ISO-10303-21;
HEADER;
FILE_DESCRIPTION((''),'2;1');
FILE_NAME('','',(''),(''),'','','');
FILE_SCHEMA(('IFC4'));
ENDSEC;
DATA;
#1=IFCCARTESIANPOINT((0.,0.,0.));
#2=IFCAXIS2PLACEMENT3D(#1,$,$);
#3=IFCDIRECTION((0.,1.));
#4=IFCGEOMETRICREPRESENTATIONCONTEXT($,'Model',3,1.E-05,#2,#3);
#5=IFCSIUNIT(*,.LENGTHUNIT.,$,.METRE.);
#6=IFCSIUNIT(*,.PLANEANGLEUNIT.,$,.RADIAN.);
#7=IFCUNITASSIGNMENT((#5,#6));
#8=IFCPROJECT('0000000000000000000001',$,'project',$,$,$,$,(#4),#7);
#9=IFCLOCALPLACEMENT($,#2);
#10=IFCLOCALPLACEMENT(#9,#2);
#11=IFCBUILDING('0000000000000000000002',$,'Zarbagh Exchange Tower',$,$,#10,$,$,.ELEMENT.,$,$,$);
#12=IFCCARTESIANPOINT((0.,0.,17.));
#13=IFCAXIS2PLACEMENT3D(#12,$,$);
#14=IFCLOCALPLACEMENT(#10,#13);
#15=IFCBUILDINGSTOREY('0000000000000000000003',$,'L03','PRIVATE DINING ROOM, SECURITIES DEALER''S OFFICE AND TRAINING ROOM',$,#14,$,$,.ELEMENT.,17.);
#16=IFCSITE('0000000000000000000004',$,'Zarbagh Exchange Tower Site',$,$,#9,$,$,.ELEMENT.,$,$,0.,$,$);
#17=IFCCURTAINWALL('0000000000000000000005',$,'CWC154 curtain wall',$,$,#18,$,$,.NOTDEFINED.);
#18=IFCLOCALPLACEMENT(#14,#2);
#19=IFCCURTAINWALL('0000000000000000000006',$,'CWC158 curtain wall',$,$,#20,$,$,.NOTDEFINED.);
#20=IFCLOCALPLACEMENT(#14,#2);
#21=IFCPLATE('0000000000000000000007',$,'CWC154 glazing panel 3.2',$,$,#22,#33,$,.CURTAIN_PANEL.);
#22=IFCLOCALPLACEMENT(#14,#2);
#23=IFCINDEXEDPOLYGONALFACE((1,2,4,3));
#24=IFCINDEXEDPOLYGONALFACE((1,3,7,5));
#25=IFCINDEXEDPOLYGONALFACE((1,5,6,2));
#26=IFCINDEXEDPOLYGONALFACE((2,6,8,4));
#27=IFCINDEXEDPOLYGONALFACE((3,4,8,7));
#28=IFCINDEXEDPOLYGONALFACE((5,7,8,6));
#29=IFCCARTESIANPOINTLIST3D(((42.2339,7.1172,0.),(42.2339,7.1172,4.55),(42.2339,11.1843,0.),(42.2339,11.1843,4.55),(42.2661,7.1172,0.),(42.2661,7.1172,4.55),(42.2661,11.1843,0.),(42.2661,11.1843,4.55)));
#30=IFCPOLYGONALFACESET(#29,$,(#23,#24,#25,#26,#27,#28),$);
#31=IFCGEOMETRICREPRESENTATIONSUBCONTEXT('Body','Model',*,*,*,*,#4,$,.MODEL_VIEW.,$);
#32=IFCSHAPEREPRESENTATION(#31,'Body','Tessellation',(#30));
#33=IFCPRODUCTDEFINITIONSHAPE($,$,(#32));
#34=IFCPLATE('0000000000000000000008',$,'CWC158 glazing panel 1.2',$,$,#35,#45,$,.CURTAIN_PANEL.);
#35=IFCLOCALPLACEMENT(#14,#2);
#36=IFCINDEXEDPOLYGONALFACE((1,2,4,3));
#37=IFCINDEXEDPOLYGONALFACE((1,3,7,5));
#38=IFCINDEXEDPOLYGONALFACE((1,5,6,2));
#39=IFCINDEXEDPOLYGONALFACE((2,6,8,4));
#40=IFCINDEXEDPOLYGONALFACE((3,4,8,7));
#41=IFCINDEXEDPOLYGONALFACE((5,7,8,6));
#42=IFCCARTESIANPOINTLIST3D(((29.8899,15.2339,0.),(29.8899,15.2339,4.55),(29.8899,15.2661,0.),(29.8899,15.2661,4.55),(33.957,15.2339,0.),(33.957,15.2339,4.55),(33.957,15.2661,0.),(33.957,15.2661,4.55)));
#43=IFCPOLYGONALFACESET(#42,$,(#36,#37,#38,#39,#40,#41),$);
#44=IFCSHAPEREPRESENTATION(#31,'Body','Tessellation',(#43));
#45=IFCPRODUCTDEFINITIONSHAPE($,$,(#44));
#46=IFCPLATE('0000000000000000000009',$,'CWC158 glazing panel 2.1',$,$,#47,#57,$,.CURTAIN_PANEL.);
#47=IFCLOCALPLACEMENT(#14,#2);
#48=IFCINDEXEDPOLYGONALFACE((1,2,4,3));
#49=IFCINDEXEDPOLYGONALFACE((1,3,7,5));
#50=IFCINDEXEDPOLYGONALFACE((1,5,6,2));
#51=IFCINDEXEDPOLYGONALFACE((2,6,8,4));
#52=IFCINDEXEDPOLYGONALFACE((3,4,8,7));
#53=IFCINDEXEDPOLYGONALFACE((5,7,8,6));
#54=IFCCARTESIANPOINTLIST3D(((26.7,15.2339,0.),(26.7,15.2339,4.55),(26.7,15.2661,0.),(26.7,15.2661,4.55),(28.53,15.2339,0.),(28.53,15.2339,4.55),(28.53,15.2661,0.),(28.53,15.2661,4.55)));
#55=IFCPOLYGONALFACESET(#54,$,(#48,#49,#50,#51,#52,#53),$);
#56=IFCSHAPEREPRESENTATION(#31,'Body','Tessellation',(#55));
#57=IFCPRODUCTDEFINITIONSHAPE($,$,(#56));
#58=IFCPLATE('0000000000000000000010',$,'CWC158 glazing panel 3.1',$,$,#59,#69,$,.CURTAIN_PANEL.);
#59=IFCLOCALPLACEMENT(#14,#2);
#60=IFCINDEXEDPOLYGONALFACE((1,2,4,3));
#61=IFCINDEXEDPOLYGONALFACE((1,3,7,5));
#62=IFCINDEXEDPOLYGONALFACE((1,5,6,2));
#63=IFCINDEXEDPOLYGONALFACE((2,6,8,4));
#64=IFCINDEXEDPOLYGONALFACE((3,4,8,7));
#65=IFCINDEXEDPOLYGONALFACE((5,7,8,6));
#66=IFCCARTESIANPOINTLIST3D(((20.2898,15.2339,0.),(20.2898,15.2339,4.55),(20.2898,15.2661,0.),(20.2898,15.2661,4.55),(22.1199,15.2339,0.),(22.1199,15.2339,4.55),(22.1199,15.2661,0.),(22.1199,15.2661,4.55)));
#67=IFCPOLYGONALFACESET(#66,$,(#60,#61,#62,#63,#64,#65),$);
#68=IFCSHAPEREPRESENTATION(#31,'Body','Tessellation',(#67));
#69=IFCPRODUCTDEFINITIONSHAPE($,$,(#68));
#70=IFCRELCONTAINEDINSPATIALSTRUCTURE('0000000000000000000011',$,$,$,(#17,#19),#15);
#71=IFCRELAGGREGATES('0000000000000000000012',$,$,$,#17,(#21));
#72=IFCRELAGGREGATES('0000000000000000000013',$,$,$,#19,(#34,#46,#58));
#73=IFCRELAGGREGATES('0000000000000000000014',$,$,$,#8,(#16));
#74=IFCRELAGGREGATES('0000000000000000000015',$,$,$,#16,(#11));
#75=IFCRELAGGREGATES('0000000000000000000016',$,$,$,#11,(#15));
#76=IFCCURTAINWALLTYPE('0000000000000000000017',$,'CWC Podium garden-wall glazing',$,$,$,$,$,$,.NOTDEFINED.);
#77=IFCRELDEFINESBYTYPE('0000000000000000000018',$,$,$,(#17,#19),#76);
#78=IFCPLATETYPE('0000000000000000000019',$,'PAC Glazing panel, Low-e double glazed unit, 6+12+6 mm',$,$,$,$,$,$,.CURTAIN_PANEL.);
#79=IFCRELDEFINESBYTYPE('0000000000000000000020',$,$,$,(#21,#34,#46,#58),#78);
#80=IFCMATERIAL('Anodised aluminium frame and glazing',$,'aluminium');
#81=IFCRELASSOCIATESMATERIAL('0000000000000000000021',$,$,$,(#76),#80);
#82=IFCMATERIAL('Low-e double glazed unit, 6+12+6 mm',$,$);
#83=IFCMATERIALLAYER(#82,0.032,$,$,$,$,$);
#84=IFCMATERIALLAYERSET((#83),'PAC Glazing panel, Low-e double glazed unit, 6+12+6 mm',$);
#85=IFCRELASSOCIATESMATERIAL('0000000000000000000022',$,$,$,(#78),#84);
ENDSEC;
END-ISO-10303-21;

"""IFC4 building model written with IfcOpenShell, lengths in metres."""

from ifc_helpers import new_model, si_unit, direction, frame, origin, place, context, subcontext, project, spatial, polyline, outline, extrude, source, transform, mapped, material, layer, layer_set, type_object, element, aggregate, save


model = new_model("IFC4")

# Units and contexts
model_context = context("Model", 3, precision=1e-05, world=origin(), true_north=direction((0.0, 1.0)))
body_context = subcontext(model_context, "Body", "Model", "MODEL_VIEW")
ifc_project = project(units=[si_unit("LENGTHUNIT", "METRE"), si_unit("PLANEANGLEUNIT", "RADIAN")], contexts=[model_context])

# Site, building, storey
site_placement = place(None, origin())
site = spatial("IfcSite", under=ifc_project, at=site_placement, Name="Zarbagh Exchange Tower Site", CompositionType="ELEMENT", RefElevation=0.0)
building_placement = place(site_placement, origin())
building = spatial("IfcBuilding", under=site, at=building_placement, Name="Zarbagh Exchange Tower", CompositionType="ELEMENT")
storey_placement = place(building_placement, frame((0.0, 0.0, 17.0)))
storey = spatial("IfcBuildingStorey", under=building, at=storey_placement, Name="L03", Description="PRIVATE DINING ROOM, SECURITIES DEALER'S OFFICE AND TRAINING ROOM", CompositionType="ELEMENT", Elevation=17.0)

# Shared definitions
ifc_material_1 = material(Name="Anodised aluminium frame and glazing", Category="aluminium")
curtain_wall_type = type_object("IfcCurtainWallType", Name="CWC Podium garden-wall glazing", PredefinedType="NOTDEFINED", material=ifc_material_1)
placement = place(storey_placement, origin())

# Curtain wall
curtain_wall_1_placement = place(storey_placement, origin())
curtain_wall_1 = element("IfcCurtainWall", 1, at=curtain_wall_1_placement, inside=storey, type_object=curtain_wall_type, Name="CWC154 curtain wall", PredefinedType="NOTDEFINED")

# Curtain wall
curtain_wall_2_placement = place(storey_placement, origin())
curtain_wall_2 = element("IfcCurtainWall", 2, at=curtain_wall_2_placement, inside=storey, type_object=curtain_wall_type, Name="CWC158 curtain wall", PredefinedType="NOTDEFINED")

# Shared definitions
ifc_material_2 = material(Name="Low-e double glazed unit, 6+12+6 mm")
ifc_layer = layer(ifc_material_2, 0.032)
ifc_layer_set = layer_set([ifc_layer], Name="PAC Glazing panel, Low-e double glazed unit, 6+12+6 mm")
plate_type = type_object("IfcPlateType", Name="PAC Glazing panel, Low-e double glazed unit, 6+12+6 mm", PredefinedType="CURTAIN_PANEL", material=ifc_layer_set)

# Plates
shared_shape_1 = source(origin(), body_context, "Body", "SweptSolid", [
    extrude(outline(polyline([(0.0, -0.0161), (4.0671, -0.0161), (4.0671, 0.0161), (0.0, 0.0161), (0.0, -0.0161)])), origin(), (0.0, 0.0, 1.0), 4.55),
])
plate_1 = element("IfcPlate", 3, at=placement, type_object=plate_type, Name="CWC154 glazing panel 3.2", PredefinedType="CURTAIN_PANEL", context=body_context, shape_type="MappedRepresentation", body=[
    mapped(shared_shape_1, transform((42.25, 7.1172, 0.0), x_axis=(0.0, 1.0, 0.0), y_axis=(-1.0, 0.0, 0.0), z_axis=(0.0, 0.0, 1.0))),
])
aggregate(curtain_wall_1, [plate_1])
plate_2 = element("IfcPlate", 4, at=placement, type_object=plate_type, Name="CWC158 glazing panel 1.2", PredefinedType="CURTAIN_PANEL", context=body_context, shape_type="MappedRepresentation", body=[
    mapped(shared_shape_1, transform((33.957, 15.25, 0.0), x_axis=(-1.0, 0.0, 0.0), y_axis=(0.0, -1.0, 0.0), z_axis=(0.0, 0.0, 1.0))),
])
shared_shape_2 = source(origin(), body_context, "Body", "SweptSolid", [
    extrude(outline(polyline([(0.0, -0.0161), (1.8301, -0.0161), (1.8301, 0.0161), (0.0, 0.0161), (0.0, -0.0161)])), origin(), (0.0, 0.0, 1.0), 4.55),
])
plate_3 = element("IfcPlate", 5, at=placement, type_object=plate_type, Name="CWC158 glazing panel 2.1", PredefinedType="CURTAIN_PANEL", context=body_context, shape_type="MappedRepresentation", body=[
    mapped(shared_shape_2, transform((28.53, 15.25, 0.0), x_axis=(-1.0, 0.0, 0.0), y_axis=(0.0, -1.0, 0.0), z_axis=(0.0, 0.0, 1.0))),
])
plate_4 = element("IfcPlate", 6, at=placement, type_object=plate_type, Name="CWC158 glazing panel 3.1", PredefinedType="CURTAIN_PANEL", context=body_context, shape_type="MappedRepresentation", body=[
    mapped(shared_shape_2, transform((22.1199, 15.25, 0.0), x_axis=(-1.0, 0.0, 0.0), y_axis=(0.0, -1.0, 0.0), z_axis=(0.0, 0.0, 1.0))),
])
aggregate(curtain_wall_2, [plate_2, plate_3, plate_4])

save(model, "model.ifc")
